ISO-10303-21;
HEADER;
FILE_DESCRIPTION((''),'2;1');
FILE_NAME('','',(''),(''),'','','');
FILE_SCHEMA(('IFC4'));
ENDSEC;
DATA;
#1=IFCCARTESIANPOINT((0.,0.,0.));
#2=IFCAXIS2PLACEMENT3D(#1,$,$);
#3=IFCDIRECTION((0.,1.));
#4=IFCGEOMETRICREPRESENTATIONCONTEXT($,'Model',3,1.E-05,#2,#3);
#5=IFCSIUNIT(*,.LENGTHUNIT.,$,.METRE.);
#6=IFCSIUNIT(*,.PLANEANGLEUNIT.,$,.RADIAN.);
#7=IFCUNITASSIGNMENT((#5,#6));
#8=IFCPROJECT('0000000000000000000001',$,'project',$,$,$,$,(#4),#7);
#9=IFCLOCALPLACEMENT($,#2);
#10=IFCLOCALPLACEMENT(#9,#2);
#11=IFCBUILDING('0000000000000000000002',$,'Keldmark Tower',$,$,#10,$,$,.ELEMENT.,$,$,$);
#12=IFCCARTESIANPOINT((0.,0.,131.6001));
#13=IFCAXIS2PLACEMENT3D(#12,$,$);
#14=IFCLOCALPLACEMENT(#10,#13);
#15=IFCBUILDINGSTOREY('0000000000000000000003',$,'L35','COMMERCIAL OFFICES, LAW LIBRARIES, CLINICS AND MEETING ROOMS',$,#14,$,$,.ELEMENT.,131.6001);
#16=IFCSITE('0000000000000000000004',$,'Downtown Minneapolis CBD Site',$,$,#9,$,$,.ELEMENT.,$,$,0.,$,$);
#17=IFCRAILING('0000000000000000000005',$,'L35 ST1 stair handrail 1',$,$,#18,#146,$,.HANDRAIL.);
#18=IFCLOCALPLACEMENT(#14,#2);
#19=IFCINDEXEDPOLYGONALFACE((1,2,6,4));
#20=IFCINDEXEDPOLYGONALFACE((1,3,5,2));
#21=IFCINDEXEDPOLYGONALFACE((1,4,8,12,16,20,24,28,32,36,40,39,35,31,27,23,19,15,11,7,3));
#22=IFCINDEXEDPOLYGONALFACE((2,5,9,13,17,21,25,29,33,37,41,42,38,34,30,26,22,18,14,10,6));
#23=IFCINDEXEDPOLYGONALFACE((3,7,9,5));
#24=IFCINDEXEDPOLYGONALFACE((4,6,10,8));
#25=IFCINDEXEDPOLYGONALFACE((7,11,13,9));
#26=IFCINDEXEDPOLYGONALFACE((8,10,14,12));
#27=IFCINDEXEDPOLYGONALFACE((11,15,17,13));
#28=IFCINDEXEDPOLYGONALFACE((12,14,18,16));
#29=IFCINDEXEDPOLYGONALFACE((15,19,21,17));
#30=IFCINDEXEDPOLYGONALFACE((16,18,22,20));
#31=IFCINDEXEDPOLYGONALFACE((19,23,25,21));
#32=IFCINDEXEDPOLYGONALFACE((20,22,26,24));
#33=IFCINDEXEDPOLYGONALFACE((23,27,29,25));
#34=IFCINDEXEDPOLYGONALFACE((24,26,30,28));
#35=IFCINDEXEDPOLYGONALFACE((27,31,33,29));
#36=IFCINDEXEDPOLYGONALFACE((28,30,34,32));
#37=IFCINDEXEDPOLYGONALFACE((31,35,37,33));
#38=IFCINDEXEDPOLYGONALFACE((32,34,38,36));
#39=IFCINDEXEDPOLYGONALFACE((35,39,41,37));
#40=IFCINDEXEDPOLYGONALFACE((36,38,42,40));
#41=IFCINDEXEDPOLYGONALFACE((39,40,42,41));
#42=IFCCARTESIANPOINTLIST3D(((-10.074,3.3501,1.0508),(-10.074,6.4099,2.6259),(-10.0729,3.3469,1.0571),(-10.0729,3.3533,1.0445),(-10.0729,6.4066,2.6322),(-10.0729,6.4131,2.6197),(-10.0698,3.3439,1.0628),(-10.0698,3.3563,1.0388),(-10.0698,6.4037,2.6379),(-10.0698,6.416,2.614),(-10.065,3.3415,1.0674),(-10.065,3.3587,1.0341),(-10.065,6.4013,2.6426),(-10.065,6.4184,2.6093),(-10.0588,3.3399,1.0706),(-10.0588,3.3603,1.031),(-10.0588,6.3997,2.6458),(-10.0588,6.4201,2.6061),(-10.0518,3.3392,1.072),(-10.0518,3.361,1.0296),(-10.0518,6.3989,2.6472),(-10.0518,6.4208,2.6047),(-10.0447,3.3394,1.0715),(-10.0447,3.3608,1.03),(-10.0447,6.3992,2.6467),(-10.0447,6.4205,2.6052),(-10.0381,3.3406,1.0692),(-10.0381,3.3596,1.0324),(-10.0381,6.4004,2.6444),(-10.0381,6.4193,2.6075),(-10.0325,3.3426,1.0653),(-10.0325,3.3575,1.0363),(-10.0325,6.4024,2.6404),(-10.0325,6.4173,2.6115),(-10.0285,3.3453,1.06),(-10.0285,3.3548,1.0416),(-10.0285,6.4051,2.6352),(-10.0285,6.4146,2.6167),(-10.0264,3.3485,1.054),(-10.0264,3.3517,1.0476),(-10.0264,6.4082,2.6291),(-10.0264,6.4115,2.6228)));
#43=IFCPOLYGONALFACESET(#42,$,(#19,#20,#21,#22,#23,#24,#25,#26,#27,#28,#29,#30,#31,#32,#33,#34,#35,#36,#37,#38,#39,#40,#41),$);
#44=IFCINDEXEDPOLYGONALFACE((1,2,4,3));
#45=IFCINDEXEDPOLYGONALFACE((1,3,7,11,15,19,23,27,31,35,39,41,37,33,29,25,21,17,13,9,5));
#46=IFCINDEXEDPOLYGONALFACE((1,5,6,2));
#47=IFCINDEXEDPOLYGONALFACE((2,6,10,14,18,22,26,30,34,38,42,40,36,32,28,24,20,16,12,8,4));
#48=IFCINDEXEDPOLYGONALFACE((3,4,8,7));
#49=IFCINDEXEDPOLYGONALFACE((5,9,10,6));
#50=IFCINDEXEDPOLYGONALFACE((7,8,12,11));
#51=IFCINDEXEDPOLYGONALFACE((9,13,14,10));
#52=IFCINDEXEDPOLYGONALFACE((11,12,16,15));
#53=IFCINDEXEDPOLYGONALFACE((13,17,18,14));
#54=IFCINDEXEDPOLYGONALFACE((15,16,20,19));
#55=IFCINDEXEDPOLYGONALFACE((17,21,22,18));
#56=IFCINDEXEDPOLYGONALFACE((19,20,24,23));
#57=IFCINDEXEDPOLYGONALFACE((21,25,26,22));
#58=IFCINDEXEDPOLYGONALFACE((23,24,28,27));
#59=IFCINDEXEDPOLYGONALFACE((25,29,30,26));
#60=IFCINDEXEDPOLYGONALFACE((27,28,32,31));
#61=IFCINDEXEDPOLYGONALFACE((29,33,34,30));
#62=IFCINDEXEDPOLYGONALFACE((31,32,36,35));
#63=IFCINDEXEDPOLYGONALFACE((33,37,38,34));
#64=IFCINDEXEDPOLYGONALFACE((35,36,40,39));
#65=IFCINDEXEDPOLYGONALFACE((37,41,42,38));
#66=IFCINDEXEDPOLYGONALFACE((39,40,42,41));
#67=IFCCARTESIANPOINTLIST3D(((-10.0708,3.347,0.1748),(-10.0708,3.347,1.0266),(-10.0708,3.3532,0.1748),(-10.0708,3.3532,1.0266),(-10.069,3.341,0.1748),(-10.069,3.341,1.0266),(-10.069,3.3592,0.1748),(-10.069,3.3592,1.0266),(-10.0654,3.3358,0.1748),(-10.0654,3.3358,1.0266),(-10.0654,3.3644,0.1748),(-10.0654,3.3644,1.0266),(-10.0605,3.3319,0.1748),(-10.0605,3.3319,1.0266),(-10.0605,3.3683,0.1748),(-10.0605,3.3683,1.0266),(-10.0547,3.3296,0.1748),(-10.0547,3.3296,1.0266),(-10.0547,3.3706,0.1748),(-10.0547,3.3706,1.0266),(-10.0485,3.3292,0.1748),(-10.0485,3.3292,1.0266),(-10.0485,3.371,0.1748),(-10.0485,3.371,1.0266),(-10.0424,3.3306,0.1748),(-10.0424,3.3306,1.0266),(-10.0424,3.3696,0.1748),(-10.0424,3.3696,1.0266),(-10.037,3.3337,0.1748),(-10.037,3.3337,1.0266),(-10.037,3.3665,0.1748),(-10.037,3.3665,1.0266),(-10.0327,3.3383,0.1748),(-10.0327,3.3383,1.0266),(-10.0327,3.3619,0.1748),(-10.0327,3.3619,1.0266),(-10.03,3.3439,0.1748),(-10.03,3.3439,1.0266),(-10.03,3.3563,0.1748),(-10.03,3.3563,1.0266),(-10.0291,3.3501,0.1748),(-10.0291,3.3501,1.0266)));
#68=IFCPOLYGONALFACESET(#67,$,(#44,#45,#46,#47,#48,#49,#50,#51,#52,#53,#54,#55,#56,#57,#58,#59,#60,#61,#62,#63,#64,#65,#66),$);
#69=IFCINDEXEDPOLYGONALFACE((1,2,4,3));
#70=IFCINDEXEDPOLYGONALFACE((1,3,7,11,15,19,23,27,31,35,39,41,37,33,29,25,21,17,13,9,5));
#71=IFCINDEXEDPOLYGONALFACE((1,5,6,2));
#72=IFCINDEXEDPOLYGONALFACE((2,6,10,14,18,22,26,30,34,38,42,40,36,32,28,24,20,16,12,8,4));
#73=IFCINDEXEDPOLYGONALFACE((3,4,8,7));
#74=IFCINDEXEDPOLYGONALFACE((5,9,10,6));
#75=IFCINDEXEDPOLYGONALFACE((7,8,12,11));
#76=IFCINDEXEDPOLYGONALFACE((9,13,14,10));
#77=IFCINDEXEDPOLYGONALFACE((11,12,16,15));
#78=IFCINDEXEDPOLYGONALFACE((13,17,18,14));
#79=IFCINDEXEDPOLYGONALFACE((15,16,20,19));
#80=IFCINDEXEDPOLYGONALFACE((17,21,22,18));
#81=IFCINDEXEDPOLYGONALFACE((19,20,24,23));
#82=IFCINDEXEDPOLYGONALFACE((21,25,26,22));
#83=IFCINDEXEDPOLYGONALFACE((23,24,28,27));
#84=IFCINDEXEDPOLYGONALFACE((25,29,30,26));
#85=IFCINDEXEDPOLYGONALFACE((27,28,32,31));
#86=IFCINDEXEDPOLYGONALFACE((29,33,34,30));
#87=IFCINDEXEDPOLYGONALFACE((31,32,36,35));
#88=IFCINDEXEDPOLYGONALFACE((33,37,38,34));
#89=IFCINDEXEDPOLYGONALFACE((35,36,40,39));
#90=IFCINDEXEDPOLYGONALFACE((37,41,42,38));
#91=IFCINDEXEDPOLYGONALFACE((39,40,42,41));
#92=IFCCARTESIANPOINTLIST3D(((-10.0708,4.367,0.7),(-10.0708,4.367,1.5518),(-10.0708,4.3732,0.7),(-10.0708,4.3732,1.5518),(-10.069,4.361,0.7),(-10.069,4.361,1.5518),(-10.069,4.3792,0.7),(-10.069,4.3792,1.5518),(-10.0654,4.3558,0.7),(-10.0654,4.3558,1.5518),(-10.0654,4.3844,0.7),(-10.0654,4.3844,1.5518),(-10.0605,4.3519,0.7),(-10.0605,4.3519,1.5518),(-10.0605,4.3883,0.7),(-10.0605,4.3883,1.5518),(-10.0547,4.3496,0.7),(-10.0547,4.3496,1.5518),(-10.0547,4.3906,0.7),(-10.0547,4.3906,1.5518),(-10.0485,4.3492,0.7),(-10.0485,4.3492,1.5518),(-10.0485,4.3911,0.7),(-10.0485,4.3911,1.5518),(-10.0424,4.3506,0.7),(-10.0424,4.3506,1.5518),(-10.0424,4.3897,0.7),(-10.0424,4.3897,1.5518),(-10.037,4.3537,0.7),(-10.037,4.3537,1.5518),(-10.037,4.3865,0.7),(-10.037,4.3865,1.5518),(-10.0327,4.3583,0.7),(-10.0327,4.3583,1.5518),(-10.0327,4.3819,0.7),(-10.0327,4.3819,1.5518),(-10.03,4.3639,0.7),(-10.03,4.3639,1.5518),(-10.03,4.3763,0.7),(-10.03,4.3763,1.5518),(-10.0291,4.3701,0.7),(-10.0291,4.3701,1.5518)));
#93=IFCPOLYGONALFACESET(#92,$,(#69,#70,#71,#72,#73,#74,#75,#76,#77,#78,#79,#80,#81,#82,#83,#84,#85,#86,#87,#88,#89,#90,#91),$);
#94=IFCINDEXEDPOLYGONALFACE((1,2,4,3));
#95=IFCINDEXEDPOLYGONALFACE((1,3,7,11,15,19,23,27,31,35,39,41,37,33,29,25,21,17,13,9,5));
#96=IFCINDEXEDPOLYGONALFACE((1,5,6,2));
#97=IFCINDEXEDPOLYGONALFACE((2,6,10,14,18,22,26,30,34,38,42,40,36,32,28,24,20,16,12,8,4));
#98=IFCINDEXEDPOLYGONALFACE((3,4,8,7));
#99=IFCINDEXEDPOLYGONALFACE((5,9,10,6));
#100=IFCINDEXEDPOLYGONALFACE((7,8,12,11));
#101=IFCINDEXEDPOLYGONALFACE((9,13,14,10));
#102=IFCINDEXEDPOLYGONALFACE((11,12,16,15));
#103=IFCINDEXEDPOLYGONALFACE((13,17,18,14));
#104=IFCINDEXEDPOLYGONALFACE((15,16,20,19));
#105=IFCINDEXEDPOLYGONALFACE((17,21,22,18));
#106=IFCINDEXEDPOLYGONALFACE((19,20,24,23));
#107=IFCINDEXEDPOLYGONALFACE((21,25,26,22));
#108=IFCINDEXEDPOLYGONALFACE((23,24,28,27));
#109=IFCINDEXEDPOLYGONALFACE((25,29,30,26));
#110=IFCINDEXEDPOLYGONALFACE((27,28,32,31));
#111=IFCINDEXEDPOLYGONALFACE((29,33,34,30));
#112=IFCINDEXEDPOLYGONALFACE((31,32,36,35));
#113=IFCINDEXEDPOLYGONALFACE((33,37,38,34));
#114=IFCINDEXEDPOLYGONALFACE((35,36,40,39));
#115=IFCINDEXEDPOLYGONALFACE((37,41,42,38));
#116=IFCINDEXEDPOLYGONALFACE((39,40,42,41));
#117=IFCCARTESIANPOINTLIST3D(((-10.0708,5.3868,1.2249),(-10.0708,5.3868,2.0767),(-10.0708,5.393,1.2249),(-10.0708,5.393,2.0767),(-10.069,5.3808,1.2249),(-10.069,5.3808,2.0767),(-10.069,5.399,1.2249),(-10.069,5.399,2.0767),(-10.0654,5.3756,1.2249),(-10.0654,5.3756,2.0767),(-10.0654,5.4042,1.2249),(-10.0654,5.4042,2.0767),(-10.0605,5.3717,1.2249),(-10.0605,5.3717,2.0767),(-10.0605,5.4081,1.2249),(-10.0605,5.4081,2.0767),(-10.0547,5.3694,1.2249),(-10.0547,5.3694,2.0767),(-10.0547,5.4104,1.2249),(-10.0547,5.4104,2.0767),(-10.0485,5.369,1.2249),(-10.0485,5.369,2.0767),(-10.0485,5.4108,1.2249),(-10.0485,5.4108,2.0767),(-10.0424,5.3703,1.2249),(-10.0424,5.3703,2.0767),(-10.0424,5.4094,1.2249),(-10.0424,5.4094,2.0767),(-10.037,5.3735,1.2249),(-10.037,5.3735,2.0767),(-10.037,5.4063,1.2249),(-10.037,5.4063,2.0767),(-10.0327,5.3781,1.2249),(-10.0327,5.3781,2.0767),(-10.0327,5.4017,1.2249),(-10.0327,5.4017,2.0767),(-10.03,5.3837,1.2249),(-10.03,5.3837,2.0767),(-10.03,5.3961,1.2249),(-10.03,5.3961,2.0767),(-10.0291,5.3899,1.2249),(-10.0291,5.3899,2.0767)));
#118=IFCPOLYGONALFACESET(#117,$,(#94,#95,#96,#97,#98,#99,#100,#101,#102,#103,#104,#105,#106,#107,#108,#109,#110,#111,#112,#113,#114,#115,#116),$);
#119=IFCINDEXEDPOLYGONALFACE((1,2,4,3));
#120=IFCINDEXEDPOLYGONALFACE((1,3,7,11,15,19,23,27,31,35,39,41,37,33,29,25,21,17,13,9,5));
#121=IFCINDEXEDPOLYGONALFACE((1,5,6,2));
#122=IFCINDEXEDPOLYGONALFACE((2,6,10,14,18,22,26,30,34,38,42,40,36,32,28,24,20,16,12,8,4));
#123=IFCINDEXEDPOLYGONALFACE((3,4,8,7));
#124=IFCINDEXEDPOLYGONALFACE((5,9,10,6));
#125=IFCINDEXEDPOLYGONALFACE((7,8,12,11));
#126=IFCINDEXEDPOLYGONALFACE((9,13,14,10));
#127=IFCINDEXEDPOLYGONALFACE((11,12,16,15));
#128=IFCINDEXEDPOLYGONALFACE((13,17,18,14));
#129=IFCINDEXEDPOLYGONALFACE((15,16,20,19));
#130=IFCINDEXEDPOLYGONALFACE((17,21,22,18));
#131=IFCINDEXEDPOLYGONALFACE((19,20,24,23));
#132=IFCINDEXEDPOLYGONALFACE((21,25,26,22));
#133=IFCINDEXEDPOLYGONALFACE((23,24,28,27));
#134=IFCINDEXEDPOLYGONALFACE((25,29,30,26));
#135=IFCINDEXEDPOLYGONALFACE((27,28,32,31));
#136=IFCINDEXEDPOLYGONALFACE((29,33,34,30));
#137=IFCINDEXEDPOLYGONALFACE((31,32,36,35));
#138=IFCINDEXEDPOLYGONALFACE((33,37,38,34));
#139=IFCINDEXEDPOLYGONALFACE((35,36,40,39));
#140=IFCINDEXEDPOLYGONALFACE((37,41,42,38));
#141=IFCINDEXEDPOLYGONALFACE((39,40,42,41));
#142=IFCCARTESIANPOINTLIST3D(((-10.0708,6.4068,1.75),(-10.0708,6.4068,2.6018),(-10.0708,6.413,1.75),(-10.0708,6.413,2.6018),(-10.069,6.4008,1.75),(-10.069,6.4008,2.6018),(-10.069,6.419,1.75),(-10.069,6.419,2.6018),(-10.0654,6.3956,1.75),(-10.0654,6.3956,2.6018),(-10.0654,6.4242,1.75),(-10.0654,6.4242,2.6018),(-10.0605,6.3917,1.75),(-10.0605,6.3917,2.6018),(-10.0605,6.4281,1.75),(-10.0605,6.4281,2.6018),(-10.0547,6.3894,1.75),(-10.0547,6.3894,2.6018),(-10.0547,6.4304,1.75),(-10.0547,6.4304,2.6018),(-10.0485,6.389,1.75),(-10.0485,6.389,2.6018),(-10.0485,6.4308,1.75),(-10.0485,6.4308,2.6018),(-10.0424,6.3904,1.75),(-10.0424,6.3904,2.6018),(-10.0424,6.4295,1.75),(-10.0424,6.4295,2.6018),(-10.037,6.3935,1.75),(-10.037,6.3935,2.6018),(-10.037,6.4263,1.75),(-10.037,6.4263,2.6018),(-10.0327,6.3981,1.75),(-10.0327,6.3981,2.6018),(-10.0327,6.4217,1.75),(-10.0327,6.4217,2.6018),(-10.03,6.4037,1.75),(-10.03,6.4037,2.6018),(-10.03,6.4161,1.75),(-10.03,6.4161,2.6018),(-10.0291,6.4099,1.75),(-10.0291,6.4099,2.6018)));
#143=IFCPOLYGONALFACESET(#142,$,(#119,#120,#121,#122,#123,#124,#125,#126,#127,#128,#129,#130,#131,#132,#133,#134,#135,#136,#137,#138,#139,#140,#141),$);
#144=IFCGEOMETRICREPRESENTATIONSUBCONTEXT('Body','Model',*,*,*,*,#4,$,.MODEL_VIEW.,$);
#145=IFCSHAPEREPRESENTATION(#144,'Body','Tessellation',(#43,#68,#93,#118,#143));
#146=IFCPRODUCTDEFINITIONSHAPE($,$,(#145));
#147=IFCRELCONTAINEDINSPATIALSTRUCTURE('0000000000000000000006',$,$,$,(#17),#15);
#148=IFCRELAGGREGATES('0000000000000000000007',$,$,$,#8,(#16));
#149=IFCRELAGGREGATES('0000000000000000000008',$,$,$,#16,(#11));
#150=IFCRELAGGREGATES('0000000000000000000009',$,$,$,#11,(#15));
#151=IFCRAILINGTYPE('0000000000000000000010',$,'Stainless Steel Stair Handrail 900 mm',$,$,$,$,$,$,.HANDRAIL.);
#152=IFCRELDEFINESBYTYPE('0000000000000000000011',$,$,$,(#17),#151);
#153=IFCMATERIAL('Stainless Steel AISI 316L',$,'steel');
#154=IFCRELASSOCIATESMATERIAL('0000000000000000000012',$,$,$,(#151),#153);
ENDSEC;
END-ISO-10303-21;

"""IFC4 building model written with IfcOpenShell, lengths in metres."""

from ifc_helpers import new_model, si_unit, direction, frame, origin, origin_2d, place, context, subcontext, project, spatial, circle, extrude, material, type_object, element, save


model = new_model("IFC4")

# Units and contexts
model_context = context("Model", 3, precision=1e-05, world=origin(), true_north=direction((0.0, 1.0)))
body_context = subcontext(model_context, "Body", "Model", "MODEL_VIEW")
ifc_project = project(units=[si_unit("LENGTHUNIT", "METRE"), si_unit("PLANEANGLEUNIT", "RADIAN")], contexts=[model_context])

# Site, building, storey
site_placement = place(None, origin())
site = spatial("IfcSite", under=ifc_project, at=site_placement, Name="Downtown Minneapolis CBD Site", CompositionType="ELEMENT", RefElevation=0.0)
building_placement = place(site_placement, origin())
building = spatial("IfcBuilding", under=site, at=building_placement, Name="Keldmark Tower", CompositionType="ELEMENT")
storey_placement = place(building_placement, frame((0.0, 0.0, 131.6001)))
storey = spatial("IfcBuildingStorey", under=building, at=storey_placement, Name="L35", Description="COMMERCIAL OFFICES, LAW LIBRARIES, CLINICS AND MEETING ROOMS", CompositionType="ELEMENT", Elevation=131.6001)

# Railing
ifc_material_1 = material(Name="Stainless Steel AISI 316L", Category="steel")
railing_type_1 = type_object("IfcRailingType", Name="Stainless Steel Stair Handrail 900 mm", PredefinedType="HANDRAIL", material=ifc_material_1)
railing_1_placement = place(storey_placement, frame((-10.05, 3.3501, 0.1748)))
element("IfcRailing", 1, at=railing_1_placement, inside=storey, type_object=railing_type_1, Name="L35 ST1 stair handrail 1", PredefinedType="HANDRAIL", context=body_context, shape_type="SweptSolid", body=[
    extrude(circle(Radius=0.0239, at=origin_2d()), frame((0.0, 0.0, 0.876), z_axis=(0.0, 0.889101, 0.45771), x_axis=(-1.0, 0.0, 0.0)), (0.0, 0.0, 1.0), 3.4414),
    extrude(circle(Radius=0.021, at=origin_2d()), origin(), (0.0, 0.0, 1.0), 0.8518),
    extrude(circle(Radius=0.021, at=origin_2d()), frame((0.0, 1.02, 0.5251)), (0.0, 0.0, 1.0), 0.8518),
    extrude(circle(Radius=0.021, at=origin_2d()), frame((0.0, 2.0398, 1.05)), (0.0, 0.0, 1.0), 0.8518),
    extrude(circle(Radius=0.021, at=origin_2d()), frame((0.0, 3.0598, 1.5752)), (0.0, 0.0, 1.0), 0.8518),
])

save(model, "model.ifc")
